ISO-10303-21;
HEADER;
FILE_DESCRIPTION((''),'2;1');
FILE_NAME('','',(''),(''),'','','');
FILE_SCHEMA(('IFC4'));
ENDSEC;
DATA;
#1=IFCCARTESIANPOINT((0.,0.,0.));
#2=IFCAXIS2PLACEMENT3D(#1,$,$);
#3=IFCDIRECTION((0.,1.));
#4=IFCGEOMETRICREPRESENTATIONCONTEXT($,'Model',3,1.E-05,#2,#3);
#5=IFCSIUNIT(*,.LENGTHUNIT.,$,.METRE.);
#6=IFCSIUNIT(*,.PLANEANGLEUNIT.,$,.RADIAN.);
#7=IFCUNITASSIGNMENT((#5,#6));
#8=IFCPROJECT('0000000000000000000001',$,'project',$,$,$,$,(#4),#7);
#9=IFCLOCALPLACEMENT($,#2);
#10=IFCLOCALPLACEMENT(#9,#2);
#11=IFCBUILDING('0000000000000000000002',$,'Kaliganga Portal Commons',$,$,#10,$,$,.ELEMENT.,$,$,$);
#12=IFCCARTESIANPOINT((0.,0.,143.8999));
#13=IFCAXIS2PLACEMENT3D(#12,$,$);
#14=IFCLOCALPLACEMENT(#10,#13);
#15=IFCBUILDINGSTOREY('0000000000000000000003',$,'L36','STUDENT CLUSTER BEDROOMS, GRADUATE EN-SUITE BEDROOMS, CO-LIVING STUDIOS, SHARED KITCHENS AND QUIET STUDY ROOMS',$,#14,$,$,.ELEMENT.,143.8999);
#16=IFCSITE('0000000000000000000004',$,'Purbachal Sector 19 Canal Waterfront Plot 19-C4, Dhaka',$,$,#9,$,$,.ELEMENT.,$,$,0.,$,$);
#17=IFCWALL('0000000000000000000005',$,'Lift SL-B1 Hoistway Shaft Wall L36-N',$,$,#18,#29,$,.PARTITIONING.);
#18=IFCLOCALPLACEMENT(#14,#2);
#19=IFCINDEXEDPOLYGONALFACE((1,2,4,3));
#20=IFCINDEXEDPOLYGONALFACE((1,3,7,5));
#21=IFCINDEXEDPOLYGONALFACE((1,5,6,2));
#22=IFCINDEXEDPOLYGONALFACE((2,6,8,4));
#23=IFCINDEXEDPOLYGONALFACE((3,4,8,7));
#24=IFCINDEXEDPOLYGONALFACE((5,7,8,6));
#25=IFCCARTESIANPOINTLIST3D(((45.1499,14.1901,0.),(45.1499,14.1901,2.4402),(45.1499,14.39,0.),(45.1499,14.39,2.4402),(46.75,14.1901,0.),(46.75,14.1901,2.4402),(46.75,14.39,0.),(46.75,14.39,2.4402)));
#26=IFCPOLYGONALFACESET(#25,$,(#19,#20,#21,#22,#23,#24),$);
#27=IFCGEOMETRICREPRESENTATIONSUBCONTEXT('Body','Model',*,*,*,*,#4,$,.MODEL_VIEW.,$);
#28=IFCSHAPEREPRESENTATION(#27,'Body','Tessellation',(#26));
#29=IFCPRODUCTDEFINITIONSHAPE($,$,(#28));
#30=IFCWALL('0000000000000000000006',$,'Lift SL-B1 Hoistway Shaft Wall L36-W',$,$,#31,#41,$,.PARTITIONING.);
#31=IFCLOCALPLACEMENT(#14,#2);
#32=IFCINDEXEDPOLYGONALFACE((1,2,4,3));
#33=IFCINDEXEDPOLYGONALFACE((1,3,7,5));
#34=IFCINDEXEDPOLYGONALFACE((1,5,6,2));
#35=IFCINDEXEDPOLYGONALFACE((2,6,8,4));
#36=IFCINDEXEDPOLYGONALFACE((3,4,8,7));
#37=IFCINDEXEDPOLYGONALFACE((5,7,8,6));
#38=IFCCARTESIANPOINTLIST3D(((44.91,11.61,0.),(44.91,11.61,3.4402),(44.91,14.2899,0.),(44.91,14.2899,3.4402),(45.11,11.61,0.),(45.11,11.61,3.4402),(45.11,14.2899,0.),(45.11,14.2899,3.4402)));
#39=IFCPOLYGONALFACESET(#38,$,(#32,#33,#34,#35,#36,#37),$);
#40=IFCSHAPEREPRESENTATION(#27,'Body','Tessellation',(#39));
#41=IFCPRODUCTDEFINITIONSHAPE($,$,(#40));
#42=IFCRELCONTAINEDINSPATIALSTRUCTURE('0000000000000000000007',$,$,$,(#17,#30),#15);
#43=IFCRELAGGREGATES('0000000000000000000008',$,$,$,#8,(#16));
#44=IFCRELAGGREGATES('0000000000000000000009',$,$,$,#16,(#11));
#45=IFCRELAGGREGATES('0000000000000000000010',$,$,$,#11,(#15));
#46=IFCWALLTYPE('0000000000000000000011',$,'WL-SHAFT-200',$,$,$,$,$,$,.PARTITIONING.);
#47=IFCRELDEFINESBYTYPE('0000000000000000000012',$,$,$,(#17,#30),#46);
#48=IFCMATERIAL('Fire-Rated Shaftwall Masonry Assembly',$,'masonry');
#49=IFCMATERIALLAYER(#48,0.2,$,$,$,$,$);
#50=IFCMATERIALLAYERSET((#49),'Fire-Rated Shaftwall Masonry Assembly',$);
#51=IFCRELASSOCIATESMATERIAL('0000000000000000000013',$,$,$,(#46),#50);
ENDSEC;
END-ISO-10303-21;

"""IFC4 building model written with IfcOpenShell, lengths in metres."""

from ifc_helpers import new_model, si_unit, direction, frame, frame_2d, origin, place, context, subcontext, project, spatial, rectangle, extrude, material, layer, layer_set, type_object, element, save


model = new_model("IFC4")

# Units and contexts
model_context = context("Model", 3, precision=1e-05, world=origin(), true_north=direction((0.0, 1.0)))
body_context = subcontext(model_context, "Body", "Model", "MODEL_VIEW")
ifc_project = project(units=[si_unit("LENGTHUNIT", "METRE"), si_unit("PLANEANGLEUNIT", "RADIAN")], contexts=[model_context])

# Site, building, storey
site_placement = place(None, origin())
site = spatial("IfcSite", under=ifc_project, at=site_placement, Name="Purbachal Sector 19 Canal Waterfront Plot 19-C4, Dhaka", CompositionType="ELEMENT", RefElevation=0.0)
building_placement = place(site_placement, origin())
building = spatial("IfcBuilding", under=site, at=building_placement, Name="Kaliganga Portal Commons", CompositionType="ELEMENT")
storey_placement = place(building_placement, frame((0.0, 0.0, 143.8999)))
storey = spatial("IfcBuildingStorey", under=building, at=storey_placement, Name="L36", Description="STUDENT CLUSTER BEDROOMS, GRADUATE EN-SUITE BEDROOMS, CO-LIVING STUDIOS, SHARED KITCHENS AND QUIET STUDY ROOMS", CompositionType="ELEMENT", Elevation=143.8999)

# Shared definitions
ifc_material_1 = material(Name="Fire-Rated Shaftwall Masonry Assembly", Category="masonry")
ifc_layer_1 = layer(ifc_material_1, 0.2)
ifc_layer_set_1 = layer_set([ifc_layer_1], Name="Fire-Rated Shaftwall Masonry Assembly")
wall_type_1 = type_object("IfcWallType", Name="WL-SHAFT-200", PredefinedType="PARTITIONING", material=ifc_layer_set_1)

# Walls
wall_1_placement = place(storey_placement, frame((45.1499, 14.29, 0.0), z_axis=(0.0, 0.0, 1.0), x_axis=(1.0, 0.0, 0.0)))
element("IfcWall", 1, at=wall_1_placement, inside=storey, type_object=wall_type_1, Name="Lift SL-B1 Hoistway Shaft Wall L36-N", PredefinedType="PARTITIONING", context=body_context, shape_type="SweptSolid", body=[
    extrude(rectangle(XDim=1.6001, YDim=0.2, at=frame_2d((0.8, 0.0))), origin(), (0.0, 0.0, 1.0), 2.4402),
])
wall_2_placement = place(storey_placement, frame((45.01, 11.6101, 0.0), z_axis=(0.0, 0.0, 1.0), x_axis=(0.0, 1.0, 0.0)))
element("IfcWall", 2, at=wall_2_placement, inside=storey, type_object=wall_type_1, Name="Lift SL-B1 Hoistway Shaft Wall L36-W", PredefinedType="PARTITIONING", context=body_context, shape_type="SweptSolid", body=[
    extrude(rectangle(XDim=2.6799, YDim=0.2, at=frame_2d((1.3398, 0.0))), origin(), (0.0, 0.0, 1.0), 3.4402),
])

save(model, "model.ifc")
